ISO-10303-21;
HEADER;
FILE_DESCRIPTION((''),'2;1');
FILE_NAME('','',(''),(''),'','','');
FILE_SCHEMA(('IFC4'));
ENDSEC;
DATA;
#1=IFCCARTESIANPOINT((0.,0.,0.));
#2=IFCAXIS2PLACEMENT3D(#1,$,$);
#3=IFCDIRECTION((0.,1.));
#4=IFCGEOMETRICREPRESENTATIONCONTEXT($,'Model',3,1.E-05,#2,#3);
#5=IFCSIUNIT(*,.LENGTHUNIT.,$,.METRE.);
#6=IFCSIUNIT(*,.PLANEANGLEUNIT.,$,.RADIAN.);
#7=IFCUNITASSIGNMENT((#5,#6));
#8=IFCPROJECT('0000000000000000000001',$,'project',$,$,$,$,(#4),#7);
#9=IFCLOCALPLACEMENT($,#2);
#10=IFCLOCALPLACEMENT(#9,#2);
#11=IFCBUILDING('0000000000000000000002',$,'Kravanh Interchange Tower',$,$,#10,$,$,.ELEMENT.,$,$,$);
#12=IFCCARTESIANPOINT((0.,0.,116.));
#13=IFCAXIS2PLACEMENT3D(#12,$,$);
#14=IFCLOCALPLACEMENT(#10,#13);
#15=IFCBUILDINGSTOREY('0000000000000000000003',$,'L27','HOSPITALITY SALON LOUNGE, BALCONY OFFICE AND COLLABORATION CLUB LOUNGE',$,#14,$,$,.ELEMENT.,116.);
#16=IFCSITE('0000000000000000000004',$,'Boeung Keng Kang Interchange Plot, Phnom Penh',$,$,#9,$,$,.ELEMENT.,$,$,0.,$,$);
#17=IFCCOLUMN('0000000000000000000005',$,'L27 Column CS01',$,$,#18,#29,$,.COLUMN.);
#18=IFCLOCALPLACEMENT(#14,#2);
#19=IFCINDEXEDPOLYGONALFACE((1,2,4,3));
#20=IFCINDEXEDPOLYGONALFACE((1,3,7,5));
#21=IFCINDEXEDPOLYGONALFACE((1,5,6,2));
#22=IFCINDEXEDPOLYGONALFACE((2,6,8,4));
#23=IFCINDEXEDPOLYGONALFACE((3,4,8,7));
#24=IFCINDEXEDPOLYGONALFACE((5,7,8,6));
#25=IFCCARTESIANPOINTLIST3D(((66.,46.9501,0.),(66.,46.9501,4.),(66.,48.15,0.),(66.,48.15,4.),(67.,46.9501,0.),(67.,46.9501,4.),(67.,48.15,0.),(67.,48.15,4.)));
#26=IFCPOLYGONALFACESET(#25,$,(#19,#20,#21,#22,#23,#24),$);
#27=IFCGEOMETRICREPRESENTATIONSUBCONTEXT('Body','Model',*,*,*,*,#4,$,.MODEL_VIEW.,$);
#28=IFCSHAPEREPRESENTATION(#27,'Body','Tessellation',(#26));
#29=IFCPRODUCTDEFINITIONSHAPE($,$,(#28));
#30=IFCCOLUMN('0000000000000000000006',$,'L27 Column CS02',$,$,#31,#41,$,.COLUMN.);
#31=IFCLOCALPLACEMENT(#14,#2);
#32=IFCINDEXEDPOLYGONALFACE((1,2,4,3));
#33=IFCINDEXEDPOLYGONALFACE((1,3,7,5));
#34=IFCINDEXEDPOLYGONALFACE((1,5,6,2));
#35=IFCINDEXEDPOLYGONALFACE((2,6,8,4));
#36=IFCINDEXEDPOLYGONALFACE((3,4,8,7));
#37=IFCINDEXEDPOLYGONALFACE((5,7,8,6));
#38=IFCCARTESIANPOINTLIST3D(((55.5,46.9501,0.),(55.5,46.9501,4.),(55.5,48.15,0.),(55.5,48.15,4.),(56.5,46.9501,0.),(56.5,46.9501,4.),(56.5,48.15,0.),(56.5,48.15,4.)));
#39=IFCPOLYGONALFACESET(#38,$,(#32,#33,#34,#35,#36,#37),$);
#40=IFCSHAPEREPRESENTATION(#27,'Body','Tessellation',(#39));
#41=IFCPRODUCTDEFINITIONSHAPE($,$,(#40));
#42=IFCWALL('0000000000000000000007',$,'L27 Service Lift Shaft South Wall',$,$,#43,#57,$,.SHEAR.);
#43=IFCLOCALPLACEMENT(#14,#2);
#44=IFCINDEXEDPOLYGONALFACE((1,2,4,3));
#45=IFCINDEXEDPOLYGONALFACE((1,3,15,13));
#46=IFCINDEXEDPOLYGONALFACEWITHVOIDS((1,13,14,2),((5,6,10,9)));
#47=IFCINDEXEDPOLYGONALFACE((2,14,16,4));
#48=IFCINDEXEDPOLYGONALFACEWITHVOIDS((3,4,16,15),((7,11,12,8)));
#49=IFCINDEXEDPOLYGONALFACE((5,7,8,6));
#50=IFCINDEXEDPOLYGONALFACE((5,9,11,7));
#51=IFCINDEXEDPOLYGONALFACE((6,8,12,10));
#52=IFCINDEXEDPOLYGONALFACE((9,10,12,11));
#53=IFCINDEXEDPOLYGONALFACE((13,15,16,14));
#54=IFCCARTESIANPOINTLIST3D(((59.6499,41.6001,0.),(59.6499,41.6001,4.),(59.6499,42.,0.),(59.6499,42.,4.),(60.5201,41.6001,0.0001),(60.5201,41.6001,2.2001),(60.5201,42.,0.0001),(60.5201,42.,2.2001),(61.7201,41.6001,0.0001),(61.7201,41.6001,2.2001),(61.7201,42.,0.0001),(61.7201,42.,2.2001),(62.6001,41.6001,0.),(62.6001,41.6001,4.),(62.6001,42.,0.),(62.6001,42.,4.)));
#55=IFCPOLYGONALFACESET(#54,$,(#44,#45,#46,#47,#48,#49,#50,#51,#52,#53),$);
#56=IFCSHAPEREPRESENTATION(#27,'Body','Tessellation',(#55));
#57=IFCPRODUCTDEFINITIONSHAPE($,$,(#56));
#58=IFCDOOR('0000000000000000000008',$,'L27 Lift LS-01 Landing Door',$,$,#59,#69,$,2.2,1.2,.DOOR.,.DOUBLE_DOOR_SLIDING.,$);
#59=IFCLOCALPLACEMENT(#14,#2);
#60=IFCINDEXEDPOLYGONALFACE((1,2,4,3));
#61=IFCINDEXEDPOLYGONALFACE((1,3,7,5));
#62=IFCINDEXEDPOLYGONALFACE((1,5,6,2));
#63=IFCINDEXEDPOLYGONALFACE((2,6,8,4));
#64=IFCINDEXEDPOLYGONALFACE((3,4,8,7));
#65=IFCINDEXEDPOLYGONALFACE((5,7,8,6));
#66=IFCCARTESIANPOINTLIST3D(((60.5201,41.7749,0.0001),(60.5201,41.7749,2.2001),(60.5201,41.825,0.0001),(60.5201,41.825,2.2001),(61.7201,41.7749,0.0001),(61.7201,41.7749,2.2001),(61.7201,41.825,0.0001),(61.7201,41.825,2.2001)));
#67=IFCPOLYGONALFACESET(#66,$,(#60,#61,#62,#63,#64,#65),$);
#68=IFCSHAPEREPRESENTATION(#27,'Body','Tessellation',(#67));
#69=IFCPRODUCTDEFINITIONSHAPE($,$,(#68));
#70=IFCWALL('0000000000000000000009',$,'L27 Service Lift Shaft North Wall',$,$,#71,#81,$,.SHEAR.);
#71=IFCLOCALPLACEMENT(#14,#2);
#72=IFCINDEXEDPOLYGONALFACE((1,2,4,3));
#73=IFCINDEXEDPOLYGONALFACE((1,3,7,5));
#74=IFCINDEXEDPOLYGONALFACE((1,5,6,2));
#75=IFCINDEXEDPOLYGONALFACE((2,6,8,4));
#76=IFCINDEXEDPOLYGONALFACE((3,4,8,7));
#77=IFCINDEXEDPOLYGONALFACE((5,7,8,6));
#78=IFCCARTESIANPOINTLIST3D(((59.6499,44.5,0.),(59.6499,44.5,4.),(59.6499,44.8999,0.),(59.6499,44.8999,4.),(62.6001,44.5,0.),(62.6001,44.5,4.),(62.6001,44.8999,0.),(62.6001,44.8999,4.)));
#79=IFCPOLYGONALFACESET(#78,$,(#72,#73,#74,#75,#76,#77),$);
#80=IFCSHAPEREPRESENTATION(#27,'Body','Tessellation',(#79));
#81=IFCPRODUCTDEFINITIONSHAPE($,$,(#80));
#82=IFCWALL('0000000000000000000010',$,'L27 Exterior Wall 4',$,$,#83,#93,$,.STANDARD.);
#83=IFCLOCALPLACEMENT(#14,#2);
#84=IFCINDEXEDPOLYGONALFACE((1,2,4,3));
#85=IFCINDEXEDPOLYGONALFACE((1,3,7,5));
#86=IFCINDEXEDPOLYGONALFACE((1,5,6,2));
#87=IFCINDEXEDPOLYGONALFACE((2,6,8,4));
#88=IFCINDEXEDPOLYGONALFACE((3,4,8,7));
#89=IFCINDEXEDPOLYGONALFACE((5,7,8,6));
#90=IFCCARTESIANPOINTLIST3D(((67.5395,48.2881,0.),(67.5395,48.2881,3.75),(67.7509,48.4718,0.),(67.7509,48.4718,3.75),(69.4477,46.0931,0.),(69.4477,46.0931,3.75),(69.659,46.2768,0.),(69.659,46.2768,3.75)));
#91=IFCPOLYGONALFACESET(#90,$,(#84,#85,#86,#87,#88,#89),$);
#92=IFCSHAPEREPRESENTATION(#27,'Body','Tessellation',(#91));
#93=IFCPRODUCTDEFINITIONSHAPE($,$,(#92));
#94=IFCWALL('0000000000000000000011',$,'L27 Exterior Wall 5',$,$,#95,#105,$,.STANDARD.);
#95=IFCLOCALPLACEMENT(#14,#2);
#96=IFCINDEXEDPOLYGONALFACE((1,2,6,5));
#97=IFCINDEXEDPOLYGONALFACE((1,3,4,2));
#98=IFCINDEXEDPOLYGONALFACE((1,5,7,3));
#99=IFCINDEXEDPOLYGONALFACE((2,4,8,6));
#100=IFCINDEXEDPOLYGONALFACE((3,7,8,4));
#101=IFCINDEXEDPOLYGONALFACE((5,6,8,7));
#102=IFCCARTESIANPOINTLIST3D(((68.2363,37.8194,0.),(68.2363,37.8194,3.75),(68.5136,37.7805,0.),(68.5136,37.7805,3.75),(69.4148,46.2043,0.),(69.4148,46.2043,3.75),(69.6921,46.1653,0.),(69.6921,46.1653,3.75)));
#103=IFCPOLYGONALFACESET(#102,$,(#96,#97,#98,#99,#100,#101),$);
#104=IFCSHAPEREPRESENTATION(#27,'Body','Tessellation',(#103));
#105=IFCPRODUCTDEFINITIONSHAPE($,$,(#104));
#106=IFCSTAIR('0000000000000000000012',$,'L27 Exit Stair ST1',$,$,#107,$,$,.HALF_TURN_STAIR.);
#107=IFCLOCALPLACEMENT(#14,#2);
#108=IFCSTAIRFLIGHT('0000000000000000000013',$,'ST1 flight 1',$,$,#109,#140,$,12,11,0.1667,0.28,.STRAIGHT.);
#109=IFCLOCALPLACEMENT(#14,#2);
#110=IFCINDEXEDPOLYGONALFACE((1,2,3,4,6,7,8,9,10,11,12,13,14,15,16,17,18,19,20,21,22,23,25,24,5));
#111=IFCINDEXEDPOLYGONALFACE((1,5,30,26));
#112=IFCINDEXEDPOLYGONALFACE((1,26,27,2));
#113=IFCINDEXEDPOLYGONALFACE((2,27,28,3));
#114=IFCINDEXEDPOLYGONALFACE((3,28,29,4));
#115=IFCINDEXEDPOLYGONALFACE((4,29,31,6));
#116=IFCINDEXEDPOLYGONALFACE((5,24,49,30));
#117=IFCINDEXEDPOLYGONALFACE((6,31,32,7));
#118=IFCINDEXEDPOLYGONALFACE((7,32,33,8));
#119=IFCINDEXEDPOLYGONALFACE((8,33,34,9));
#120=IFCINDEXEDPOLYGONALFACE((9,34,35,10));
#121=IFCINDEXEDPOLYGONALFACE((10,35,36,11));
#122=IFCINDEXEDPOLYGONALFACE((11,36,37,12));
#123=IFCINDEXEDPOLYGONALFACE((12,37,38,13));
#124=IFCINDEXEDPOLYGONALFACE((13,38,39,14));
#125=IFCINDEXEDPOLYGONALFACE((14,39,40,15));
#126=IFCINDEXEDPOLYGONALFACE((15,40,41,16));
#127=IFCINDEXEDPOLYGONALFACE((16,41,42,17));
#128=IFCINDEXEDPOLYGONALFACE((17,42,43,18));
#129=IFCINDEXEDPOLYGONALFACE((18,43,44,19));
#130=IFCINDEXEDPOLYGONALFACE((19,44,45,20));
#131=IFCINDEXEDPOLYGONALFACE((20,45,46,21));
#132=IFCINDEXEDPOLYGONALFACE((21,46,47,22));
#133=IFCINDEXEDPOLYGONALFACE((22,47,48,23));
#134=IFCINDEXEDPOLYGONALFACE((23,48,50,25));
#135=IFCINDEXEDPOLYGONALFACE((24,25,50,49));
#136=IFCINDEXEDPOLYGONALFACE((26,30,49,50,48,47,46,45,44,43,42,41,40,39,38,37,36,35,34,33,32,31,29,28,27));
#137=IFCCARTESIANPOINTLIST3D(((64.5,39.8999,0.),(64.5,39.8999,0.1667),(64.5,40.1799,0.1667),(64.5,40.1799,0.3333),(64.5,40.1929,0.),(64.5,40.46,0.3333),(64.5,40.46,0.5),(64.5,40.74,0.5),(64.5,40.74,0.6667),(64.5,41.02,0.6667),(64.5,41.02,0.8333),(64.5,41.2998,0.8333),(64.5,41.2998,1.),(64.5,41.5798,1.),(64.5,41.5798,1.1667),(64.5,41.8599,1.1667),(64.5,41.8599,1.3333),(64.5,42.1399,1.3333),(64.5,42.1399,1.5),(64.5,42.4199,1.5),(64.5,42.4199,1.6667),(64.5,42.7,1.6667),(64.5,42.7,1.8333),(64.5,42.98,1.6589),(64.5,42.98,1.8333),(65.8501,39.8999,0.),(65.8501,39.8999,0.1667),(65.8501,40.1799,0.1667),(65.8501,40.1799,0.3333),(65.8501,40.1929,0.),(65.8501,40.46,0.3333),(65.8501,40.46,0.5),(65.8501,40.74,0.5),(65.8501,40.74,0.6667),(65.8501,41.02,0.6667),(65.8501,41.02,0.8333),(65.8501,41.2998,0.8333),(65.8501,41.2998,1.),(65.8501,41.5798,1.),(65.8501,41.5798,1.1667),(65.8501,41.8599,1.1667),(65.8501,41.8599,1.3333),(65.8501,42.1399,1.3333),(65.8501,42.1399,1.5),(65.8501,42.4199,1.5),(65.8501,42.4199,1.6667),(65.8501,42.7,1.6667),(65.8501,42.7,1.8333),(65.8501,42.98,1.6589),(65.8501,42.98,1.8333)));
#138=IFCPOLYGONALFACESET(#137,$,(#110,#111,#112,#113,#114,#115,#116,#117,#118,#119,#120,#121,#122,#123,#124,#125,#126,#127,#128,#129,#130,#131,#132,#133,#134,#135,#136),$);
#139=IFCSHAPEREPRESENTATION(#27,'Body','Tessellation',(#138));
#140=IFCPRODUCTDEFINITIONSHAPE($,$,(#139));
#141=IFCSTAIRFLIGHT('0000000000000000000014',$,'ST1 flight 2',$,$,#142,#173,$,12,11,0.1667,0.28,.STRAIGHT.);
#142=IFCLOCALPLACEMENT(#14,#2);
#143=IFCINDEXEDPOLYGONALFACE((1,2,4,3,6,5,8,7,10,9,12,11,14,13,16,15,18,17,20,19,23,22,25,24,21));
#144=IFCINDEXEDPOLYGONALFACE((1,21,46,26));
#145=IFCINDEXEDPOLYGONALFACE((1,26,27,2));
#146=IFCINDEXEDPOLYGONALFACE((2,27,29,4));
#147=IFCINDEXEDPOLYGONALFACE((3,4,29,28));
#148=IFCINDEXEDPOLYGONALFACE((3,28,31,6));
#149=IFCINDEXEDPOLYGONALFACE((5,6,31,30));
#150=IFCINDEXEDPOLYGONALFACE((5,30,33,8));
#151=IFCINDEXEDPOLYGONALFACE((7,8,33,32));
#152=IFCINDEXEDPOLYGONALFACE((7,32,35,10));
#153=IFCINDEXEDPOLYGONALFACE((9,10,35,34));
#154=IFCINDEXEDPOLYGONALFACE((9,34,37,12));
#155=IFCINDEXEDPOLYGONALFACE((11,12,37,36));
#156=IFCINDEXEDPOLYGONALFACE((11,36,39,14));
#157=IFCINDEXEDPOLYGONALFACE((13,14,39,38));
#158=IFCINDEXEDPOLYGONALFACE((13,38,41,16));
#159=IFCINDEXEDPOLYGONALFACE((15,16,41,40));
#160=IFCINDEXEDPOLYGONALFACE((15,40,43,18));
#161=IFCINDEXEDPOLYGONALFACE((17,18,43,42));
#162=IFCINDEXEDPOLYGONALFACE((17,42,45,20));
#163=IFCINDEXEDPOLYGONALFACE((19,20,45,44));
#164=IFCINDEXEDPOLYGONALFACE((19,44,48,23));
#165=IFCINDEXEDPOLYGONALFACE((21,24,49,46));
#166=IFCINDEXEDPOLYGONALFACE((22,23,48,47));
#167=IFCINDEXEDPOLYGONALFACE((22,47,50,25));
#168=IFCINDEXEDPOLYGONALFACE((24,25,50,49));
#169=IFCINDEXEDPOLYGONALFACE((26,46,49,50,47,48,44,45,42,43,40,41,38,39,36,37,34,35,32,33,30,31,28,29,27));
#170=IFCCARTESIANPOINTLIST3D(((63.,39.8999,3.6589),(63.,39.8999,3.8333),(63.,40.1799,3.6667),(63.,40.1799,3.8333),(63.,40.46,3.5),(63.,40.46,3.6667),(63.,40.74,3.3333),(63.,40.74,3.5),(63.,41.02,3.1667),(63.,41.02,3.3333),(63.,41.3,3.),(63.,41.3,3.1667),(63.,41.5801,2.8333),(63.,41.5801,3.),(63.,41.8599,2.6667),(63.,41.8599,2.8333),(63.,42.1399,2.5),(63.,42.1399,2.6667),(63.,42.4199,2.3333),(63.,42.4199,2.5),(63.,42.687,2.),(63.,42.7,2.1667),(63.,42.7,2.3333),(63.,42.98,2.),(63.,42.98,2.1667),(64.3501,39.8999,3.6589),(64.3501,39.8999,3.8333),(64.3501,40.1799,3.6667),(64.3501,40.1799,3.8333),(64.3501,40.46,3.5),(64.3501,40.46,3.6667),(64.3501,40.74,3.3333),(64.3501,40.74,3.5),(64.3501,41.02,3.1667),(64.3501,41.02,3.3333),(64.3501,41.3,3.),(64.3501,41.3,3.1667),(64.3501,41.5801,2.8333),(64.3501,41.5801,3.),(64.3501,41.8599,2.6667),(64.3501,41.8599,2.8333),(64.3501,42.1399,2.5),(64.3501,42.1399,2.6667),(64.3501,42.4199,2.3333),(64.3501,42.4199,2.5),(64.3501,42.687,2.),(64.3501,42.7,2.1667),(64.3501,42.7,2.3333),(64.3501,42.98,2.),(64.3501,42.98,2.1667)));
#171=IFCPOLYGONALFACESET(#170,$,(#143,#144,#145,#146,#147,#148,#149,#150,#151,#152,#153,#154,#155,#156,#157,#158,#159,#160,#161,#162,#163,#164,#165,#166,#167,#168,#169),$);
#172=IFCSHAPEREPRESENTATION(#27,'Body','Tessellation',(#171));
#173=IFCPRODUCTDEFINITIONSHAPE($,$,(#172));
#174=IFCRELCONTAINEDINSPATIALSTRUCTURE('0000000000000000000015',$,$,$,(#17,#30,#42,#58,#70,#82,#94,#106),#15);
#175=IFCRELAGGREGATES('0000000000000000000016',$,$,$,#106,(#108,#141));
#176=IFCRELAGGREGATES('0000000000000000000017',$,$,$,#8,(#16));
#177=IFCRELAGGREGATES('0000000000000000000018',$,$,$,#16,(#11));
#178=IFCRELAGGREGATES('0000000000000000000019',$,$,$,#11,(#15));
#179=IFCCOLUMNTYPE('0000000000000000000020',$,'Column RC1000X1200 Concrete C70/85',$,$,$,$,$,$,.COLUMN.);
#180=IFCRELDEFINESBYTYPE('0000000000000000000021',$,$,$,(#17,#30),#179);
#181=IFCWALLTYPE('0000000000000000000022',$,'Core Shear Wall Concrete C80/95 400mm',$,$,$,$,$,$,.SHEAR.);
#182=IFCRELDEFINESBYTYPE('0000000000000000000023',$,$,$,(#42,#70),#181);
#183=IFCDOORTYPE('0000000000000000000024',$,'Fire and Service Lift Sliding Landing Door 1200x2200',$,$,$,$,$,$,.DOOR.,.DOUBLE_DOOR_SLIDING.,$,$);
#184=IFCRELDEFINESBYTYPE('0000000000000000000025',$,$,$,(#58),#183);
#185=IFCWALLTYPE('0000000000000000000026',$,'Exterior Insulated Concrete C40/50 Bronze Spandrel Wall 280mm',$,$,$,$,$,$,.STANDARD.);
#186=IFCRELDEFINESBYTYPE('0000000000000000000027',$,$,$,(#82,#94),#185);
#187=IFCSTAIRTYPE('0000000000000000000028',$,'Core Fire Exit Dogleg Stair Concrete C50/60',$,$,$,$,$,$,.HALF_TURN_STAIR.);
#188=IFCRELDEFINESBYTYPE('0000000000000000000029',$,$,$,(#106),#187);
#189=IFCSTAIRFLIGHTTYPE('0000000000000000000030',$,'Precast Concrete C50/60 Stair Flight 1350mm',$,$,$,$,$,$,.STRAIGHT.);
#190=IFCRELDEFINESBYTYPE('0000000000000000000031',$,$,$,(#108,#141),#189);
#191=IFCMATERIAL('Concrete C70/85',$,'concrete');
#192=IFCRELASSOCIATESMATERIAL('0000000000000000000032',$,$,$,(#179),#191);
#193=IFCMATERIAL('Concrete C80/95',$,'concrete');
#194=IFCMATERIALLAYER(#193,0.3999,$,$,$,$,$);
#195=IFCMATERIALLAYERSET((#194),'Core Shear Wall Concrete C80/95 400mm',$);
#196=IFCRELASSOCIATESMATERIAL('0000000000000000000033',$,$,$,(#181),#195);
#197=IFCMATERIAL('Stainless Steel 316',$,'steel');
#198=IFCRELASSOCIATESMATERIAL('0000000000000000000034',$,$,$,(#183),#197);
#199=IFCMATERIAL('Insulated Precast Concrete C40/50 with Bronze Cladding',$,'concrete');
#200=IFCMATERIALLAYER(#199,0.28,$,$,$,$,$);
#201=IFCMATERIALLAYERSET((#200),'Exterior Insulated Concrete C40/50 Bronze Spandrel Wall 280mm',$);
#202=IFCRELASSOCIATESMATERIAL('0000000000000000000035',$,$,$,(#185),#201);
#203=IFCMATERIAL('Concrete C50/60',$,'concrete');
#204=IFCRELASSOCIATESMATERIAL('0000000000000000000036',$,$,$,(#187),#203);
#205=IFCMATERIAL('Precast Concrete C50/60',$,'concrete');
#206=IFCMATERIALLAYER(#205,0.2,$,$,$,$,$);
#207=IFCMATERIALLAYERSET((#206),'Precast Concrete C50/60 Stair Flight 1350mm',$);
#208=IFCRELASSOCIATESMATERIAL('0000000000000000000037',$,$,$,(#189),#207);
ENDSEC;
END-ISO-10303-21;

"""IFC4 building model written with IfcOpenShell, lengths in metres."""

from ifc_helpers import new_model, si_unit, direction, frame, frame_2d, origin, origin_2d, place, context, subcontext, project, spatial, polyline, rectangle, outline, extrude, material, layer, layer_set, material_profile, profile_set, type_object, element, fill, aggregate, save


model = new_model("IFC4")

# Units and contexts
model_context = context("Model", 3, precision=1e-05, world=origin(), true_north=direction((0.0, 1.0)))
body_context = subcontext(model_context, "Body", "Model", "MODEL_VIEW")
ifc_project = project(units=[si_unit("LENGTHUNIT", "METRE"), si_unit("PLANEANGLEUNIT", "RADIAN")], contexts=[model_context])

# Site, building, storey
site_placement = place(None, origin())
site = spatial("IfcSite", under=ifc_project, at=site_placement, Name="Boeung Keng Kang Interchange Plot, Phnom Penh", CompositionType="ELEMENT", RefElevation=0.0)
building_placement = place(site_placement, origin())
building = spatial("IfcBuilding", under=site, at=building_placement, Name="Kravanh Interchange Tower", CompositionType="ELEMENT")
storey_placement = place(building_placement, frame((0.0, 0.0, 116.0)))
storey = spatial("IfcBuildingStorey", under=building, at=storey_placement, Name="L27", Description="HOSPITALITY SALON LOUNGE, BALCONY OFFICE AND COLLABORATION CLUB LOUNGE", CompositionType="ELEMENT", Elevation=116.0)

# Columns
ifc_material_1 = material(Name="Concrete C70/85", Category="concrete")
ifc_material_profile = material_profile(ifc_material_1, rectangle(XDim=1.0, YDim=1.2, at=origin_2d()), Name="RC1000X1200")
ifc_profile_set = profile_set([ifc_material_profile], Name="Concrete C70/85")
column_type = type_object("IfcColumnType", Name="Column RC1000X1200 Concrete C70/85", PredefinedType="COLUMN", material=ifc_profile_set)
for number, where, z_axis, x_axis, name in (
    (1, (66.5, 47.55, 0.0), (0.0, 0.0, 1.0), (1.0, 0.0, 0.0), "L27 Column CS01"),
    (2, (56.0, 47.55, 0.0), (0.0, 0.0, 1.0), (1.0, 0.0, 0.0), "L27 Column CS02"),
):
    element("IfcColumn", number, at=place(storey_placement, frame(where, z_axis=z_axis, x_axis=x_axis)), inside=storey, type_object=column_type, Name=name, PredefinedType="COLUMN", context=body_context, shape_type="SweptSolid", body=[
        extrude(rectangle(XDim=1.0, YDim=1.2, at=origin_2d()), origin(), (0.0, 0.0, 1.0), 4.0),
    ])

# Wall, opening, door
ifc_material_2 = material(Name="Concrete C80/95", Category="concrete")
ifc_layer_1 = layer(ifc_material_2, 0.3999)
ifc_layer_set_1 = layer_set([ifc_layer_1], Name="Core Shear Wall Concrete C80/95 400mm")
wall_type_1 = type_object("IfcWallType", Name="Core Shear Wall Concrete C80/95 400mm", PredefinedType="SHEAR", material=ifc_layer_set_1)
wall_1_placement = place(storey_placement, frame((59.6499, 41.8, 0.0), z_axis=(0.0, 0.0, 1.0), x_axis=(1.0, 0.0, 0.0)))
wall_1 = element("IfcWall", 3, at=wall_1_placement, inside=storey, type_object=wall_type_1, Name="L27 Service Lift Shaft South Wall", PredefinedType="SHEAR", context=body_context, shape_type="SweptSolid", body=[
    extrude(rectangle(XDim=2.9502, YDim=0.3999, at=frame_2d((1.4751, 0.0))), origin(), (0.0, 0.0, 1.0), 4.0),
])
opening_placement = place(wall_1_placement, frame((0.8701, 0.0, 0.0)))
opening = element("IfcOpeningElement", 4, at=opening_placement, cuts=wall_1, PredefinedType="OPENING", context=body_context, shape_type="SweptSolid", body=[
    extrude(rectangle(XDim=1.2, YDim=2.2, at=frame_2d((0.6001, 1.1001))), frame((0.0, 0.21, 0.0), z_axis=(0.0, -1.0, 0.0), x_axis=(1.0, 0.0, 0.0)), (0.0, 0.0, 1.0), 0.4199),
])
ifc_material_3 = material(Name="Stainless Steel 316", Category="steel")
door_type = type_object("IfcDoorType", Name="Fire and Service Lift Sliding Landing Door 1200x2200", OperationType="DOUBLE_DOOR_SLIDING", PredefinedType="DOOR", material=ifc_material_3)
door_placement = place(opening_placement, origin())
door = element("IfcDoor", 5, at=door_placement, inside=storey, type_object=door_type, Name="L27 Lift LS-01 Landing Door", OperationType="DOUBLE_DOOR_SLIDING", OverallHeight=2.2, OverallWidth=1.2, PredefinedType="DOOR", context=body_context, shape_type="SweptSolid", body=[
    extrude(rectangle(XDim=1.2, YDim=2.2, at=frame_2d((0.6001, 1.1001))), frame((0.0, 0.0249, 0.0), z_axis=(0.0, -1.0, 0.0), x_axis=(1.0, 0.0, 0.0)), (0.0, 0.0, 1.0), 0.05),
])
fill(opening, door)

# Walls
wall_2_placement = place(storey_placement, frame((59.6499, 44.7, 0.0), z_axis=(0.0, 0.0, 1.0), x_axis=(1.0, 0.0, 0.0)))
element("IfcWall", 6, at=wall_2_placement, inside=storey, type_object=wall_type_1, Name="L27 Service Lift Shaft North Wall", PredefinedType="SHEAR", context=body_context, shape_type="SweptSolid", body=[
    extrude(rectangle(XDim=2.9502, YDim=0.3999, at=frame_2d((1.4751, 0.0))), origin(), (0.0, 0.0, 1.0), 4.0),
])
ifc_material_4 = material(Name="Insulated Precast Concrete C40/50 with Bronze Cladding", Category="concrete")
ifc_layer_2 = layer(ifc_material_4, 0.28)
ifc_layer_set_2 = layer_set([ifc_layer_2], Name="Exterior Insulated Concrete C40/50 Bronze Spandrel Wall 280mm")
wall_type_2 = type_object("IfcWallType", Name="Exterior Insulated Concrete C40/50 Bronze Spandrel Wall 280mm", PredefinedType="STANDARD", material=ifc_layer_set_2)
wall_3_placement = place(storey_placement, frame((67.6453, 48.3799, 0.0), z_axis=(0.0, 0.0, 1.0), x_axis=(0.656071, -0.754699, 0.0)))
element("IfcWall", 7, at=wall_3_placement, inside=storey, type_object=wall_type_2, Name="L27 Exterior Wall 4", PredefinedType="STANDARD", context=body_context, shape_type="SweptSolid", body=[
    extrude(rectangle(XDim=2.9084, YDim=0.28, at=frame_2d((1.4541, 0.0))), origin(), (0.0, 0.0, 1.0), 3.75),
])
wall_4_placement = place(storey_placement, frame((69.5535, 46.1848, 0.0), z_axis=(0.0, 0.0, 1.0), x_axis=(-0.139181, -0.990267, 0.0)))
element("IfcWall", 8, at=wall_4_placement, inside=storey, type_object=wall_type_2, Name="L27 Exterior Wall 5", PredefinedType="STANDARD", context=body_context, shape_type="SweptSolid", body=[
    extrude(rectangle(XDim=8.4673, YDim=0.28, at=frame_2d((4.2336, 0.0))), origin(), (0.0, 0.0, 1.0), 3.75),
])

# Stair, stair flights
ifc_material_5 = material(Name="Concrete C50/60", Category="concrete")
stair_type = type_object("IfcStairType", Name="Core Fire Exit Dogleg Stair Concrete C50/60", PredefinedType="HALF_TURN_STAIR", material=ifc_material_5)
stair_1_placement = place(storey_placement, origin())
stair_1 = element("IfcStair", 9, at=stair_1_placement, inside=storey, type_object=stair_type, Name="L27 Exit Stair ST1", PredefinedType="HALF_TURN_STAIR")
ifc_material_6 = material(Name="Precast Concrete C50/60", Category="concrete")
ifc_layer_3 = layer(ifc_material_6, 0.2)
ifc_layer_set_3 = layer_set([ifc_layer_3], Name="Precast Concrete C50/60 Stair Flight 1350mm")
stair_flight_type = type_object("IfcStairFlightType", Name="Precast Concrete C50/60 Stair Flight 1350mm", PredefinedType="STRAIGHT", material=ifc_layer_set_3)
stair_flight_1_placement = place(storey_placement, frame((65.175, 39.8999, 0.0), z_axis=(0.0, 0.0, 1.0), x_axis=(0.0, 1.0, 0.0)))
stair_flight_1 = element("IfcStairFlight", 10, at=stair_flight_1_placement, type_object=stair_flight_type, Name="ST1 flight 1", NumberOfRisers=12, NumberOfTreads=11, PredefinedType="STRAIGHT", RiserHeight=0.1667, TreadLength=0.28, context=body_context, shape_type="SweptSolid", body=[
    extrude(outline(polyline([(0.0, 0.0), (0.0, 0.1667), (0.28, 0.1667), (0.28, 0.3333), (0.5601, 0.3333), (0.5601, 0.5), (0.8401, 0.5), (0.8401, 0.6667), (1.1201, 0.6667), (1.1201, 0.8333), (1.3999, 0.8333), (1.3999, 1.0), (1.6799, 1.0), (1.6799, 1.1667), (1.96, 1.1667), (1.96, 1.3333), (2.24, 1.3333), (2.24, 1.5), (2.52, 1.5), (2.52, 1.6667), (2.8, 1.6667), (2.8, 1.8333), (3.0801, 1.8333), (3.0801, 2.0), (3.0801, 1.6589), (0.293, 0.0), (0.0, 0.0)])), frame((0.0, 0.675, 0.0), z_axis=(0.0, -1.0, 0.0), x_axis=(1.0, 0.0, 0.0)), (0.0, 0.0, 1.0), 1.3501),
])
stair_flight_2_placement = place(storey_placement, frame((63.675, 42.98, 2.0), z_axis=(0.0, 0.0, 1.0), x_axis=(0.0, -1.0, 0.0)))
stair_flight_2 = element("IfcStairFlight", 11, at=stair_flight_2_placement, type_object=stair_flight_type, Name="ST1 flight 2", NumberOfRisers=12, NumberOfTreads=11, PredefinedType="STRAIGHT", RiserHeight=0.1667, TreadLength=0.28, context=body_context, shape_type="SweptSolid", body=[
    extrude(outline(polyline([(0.0, 0.0), (0.0, 0.1667), (0.28, 0.1667), (0.28, 0.3333), (0.5601, 0.3333), (0.5601, 0.5), (0.8401, 0.5), (0.8401, 0.6667), (1.1201, 0.6667), (1.1201, 0.8333), (1.3999, 0.8333), (1.3999, 1.0), (1.6799, 1.0), (1.6799, 1.1667), (1.96, 1.1667), (1.96, 1.3333), (2.24, 1.3333), (2.24, 1.5), (2.52, 1.5), (2.52, 1.6667), (2.8, 1.6667), (2.8, 1.8333), (3.0801, 1.8333), (3.0801, 2.0), (3.0801, 1.6589), (0.293, 0.0), (0.0, 0.0)])), frame((0.0, 0.675, 0.0), z_axis=(0.0, -1.0, 0.0), x_axis=(1.0, 0.0, 0.0)), (0.0, 0.0, 1.0), 1.3501),
])
aggregate(stair_1, [stair_flight_1, stair_flight_2])

save(model, "model.ifc")
